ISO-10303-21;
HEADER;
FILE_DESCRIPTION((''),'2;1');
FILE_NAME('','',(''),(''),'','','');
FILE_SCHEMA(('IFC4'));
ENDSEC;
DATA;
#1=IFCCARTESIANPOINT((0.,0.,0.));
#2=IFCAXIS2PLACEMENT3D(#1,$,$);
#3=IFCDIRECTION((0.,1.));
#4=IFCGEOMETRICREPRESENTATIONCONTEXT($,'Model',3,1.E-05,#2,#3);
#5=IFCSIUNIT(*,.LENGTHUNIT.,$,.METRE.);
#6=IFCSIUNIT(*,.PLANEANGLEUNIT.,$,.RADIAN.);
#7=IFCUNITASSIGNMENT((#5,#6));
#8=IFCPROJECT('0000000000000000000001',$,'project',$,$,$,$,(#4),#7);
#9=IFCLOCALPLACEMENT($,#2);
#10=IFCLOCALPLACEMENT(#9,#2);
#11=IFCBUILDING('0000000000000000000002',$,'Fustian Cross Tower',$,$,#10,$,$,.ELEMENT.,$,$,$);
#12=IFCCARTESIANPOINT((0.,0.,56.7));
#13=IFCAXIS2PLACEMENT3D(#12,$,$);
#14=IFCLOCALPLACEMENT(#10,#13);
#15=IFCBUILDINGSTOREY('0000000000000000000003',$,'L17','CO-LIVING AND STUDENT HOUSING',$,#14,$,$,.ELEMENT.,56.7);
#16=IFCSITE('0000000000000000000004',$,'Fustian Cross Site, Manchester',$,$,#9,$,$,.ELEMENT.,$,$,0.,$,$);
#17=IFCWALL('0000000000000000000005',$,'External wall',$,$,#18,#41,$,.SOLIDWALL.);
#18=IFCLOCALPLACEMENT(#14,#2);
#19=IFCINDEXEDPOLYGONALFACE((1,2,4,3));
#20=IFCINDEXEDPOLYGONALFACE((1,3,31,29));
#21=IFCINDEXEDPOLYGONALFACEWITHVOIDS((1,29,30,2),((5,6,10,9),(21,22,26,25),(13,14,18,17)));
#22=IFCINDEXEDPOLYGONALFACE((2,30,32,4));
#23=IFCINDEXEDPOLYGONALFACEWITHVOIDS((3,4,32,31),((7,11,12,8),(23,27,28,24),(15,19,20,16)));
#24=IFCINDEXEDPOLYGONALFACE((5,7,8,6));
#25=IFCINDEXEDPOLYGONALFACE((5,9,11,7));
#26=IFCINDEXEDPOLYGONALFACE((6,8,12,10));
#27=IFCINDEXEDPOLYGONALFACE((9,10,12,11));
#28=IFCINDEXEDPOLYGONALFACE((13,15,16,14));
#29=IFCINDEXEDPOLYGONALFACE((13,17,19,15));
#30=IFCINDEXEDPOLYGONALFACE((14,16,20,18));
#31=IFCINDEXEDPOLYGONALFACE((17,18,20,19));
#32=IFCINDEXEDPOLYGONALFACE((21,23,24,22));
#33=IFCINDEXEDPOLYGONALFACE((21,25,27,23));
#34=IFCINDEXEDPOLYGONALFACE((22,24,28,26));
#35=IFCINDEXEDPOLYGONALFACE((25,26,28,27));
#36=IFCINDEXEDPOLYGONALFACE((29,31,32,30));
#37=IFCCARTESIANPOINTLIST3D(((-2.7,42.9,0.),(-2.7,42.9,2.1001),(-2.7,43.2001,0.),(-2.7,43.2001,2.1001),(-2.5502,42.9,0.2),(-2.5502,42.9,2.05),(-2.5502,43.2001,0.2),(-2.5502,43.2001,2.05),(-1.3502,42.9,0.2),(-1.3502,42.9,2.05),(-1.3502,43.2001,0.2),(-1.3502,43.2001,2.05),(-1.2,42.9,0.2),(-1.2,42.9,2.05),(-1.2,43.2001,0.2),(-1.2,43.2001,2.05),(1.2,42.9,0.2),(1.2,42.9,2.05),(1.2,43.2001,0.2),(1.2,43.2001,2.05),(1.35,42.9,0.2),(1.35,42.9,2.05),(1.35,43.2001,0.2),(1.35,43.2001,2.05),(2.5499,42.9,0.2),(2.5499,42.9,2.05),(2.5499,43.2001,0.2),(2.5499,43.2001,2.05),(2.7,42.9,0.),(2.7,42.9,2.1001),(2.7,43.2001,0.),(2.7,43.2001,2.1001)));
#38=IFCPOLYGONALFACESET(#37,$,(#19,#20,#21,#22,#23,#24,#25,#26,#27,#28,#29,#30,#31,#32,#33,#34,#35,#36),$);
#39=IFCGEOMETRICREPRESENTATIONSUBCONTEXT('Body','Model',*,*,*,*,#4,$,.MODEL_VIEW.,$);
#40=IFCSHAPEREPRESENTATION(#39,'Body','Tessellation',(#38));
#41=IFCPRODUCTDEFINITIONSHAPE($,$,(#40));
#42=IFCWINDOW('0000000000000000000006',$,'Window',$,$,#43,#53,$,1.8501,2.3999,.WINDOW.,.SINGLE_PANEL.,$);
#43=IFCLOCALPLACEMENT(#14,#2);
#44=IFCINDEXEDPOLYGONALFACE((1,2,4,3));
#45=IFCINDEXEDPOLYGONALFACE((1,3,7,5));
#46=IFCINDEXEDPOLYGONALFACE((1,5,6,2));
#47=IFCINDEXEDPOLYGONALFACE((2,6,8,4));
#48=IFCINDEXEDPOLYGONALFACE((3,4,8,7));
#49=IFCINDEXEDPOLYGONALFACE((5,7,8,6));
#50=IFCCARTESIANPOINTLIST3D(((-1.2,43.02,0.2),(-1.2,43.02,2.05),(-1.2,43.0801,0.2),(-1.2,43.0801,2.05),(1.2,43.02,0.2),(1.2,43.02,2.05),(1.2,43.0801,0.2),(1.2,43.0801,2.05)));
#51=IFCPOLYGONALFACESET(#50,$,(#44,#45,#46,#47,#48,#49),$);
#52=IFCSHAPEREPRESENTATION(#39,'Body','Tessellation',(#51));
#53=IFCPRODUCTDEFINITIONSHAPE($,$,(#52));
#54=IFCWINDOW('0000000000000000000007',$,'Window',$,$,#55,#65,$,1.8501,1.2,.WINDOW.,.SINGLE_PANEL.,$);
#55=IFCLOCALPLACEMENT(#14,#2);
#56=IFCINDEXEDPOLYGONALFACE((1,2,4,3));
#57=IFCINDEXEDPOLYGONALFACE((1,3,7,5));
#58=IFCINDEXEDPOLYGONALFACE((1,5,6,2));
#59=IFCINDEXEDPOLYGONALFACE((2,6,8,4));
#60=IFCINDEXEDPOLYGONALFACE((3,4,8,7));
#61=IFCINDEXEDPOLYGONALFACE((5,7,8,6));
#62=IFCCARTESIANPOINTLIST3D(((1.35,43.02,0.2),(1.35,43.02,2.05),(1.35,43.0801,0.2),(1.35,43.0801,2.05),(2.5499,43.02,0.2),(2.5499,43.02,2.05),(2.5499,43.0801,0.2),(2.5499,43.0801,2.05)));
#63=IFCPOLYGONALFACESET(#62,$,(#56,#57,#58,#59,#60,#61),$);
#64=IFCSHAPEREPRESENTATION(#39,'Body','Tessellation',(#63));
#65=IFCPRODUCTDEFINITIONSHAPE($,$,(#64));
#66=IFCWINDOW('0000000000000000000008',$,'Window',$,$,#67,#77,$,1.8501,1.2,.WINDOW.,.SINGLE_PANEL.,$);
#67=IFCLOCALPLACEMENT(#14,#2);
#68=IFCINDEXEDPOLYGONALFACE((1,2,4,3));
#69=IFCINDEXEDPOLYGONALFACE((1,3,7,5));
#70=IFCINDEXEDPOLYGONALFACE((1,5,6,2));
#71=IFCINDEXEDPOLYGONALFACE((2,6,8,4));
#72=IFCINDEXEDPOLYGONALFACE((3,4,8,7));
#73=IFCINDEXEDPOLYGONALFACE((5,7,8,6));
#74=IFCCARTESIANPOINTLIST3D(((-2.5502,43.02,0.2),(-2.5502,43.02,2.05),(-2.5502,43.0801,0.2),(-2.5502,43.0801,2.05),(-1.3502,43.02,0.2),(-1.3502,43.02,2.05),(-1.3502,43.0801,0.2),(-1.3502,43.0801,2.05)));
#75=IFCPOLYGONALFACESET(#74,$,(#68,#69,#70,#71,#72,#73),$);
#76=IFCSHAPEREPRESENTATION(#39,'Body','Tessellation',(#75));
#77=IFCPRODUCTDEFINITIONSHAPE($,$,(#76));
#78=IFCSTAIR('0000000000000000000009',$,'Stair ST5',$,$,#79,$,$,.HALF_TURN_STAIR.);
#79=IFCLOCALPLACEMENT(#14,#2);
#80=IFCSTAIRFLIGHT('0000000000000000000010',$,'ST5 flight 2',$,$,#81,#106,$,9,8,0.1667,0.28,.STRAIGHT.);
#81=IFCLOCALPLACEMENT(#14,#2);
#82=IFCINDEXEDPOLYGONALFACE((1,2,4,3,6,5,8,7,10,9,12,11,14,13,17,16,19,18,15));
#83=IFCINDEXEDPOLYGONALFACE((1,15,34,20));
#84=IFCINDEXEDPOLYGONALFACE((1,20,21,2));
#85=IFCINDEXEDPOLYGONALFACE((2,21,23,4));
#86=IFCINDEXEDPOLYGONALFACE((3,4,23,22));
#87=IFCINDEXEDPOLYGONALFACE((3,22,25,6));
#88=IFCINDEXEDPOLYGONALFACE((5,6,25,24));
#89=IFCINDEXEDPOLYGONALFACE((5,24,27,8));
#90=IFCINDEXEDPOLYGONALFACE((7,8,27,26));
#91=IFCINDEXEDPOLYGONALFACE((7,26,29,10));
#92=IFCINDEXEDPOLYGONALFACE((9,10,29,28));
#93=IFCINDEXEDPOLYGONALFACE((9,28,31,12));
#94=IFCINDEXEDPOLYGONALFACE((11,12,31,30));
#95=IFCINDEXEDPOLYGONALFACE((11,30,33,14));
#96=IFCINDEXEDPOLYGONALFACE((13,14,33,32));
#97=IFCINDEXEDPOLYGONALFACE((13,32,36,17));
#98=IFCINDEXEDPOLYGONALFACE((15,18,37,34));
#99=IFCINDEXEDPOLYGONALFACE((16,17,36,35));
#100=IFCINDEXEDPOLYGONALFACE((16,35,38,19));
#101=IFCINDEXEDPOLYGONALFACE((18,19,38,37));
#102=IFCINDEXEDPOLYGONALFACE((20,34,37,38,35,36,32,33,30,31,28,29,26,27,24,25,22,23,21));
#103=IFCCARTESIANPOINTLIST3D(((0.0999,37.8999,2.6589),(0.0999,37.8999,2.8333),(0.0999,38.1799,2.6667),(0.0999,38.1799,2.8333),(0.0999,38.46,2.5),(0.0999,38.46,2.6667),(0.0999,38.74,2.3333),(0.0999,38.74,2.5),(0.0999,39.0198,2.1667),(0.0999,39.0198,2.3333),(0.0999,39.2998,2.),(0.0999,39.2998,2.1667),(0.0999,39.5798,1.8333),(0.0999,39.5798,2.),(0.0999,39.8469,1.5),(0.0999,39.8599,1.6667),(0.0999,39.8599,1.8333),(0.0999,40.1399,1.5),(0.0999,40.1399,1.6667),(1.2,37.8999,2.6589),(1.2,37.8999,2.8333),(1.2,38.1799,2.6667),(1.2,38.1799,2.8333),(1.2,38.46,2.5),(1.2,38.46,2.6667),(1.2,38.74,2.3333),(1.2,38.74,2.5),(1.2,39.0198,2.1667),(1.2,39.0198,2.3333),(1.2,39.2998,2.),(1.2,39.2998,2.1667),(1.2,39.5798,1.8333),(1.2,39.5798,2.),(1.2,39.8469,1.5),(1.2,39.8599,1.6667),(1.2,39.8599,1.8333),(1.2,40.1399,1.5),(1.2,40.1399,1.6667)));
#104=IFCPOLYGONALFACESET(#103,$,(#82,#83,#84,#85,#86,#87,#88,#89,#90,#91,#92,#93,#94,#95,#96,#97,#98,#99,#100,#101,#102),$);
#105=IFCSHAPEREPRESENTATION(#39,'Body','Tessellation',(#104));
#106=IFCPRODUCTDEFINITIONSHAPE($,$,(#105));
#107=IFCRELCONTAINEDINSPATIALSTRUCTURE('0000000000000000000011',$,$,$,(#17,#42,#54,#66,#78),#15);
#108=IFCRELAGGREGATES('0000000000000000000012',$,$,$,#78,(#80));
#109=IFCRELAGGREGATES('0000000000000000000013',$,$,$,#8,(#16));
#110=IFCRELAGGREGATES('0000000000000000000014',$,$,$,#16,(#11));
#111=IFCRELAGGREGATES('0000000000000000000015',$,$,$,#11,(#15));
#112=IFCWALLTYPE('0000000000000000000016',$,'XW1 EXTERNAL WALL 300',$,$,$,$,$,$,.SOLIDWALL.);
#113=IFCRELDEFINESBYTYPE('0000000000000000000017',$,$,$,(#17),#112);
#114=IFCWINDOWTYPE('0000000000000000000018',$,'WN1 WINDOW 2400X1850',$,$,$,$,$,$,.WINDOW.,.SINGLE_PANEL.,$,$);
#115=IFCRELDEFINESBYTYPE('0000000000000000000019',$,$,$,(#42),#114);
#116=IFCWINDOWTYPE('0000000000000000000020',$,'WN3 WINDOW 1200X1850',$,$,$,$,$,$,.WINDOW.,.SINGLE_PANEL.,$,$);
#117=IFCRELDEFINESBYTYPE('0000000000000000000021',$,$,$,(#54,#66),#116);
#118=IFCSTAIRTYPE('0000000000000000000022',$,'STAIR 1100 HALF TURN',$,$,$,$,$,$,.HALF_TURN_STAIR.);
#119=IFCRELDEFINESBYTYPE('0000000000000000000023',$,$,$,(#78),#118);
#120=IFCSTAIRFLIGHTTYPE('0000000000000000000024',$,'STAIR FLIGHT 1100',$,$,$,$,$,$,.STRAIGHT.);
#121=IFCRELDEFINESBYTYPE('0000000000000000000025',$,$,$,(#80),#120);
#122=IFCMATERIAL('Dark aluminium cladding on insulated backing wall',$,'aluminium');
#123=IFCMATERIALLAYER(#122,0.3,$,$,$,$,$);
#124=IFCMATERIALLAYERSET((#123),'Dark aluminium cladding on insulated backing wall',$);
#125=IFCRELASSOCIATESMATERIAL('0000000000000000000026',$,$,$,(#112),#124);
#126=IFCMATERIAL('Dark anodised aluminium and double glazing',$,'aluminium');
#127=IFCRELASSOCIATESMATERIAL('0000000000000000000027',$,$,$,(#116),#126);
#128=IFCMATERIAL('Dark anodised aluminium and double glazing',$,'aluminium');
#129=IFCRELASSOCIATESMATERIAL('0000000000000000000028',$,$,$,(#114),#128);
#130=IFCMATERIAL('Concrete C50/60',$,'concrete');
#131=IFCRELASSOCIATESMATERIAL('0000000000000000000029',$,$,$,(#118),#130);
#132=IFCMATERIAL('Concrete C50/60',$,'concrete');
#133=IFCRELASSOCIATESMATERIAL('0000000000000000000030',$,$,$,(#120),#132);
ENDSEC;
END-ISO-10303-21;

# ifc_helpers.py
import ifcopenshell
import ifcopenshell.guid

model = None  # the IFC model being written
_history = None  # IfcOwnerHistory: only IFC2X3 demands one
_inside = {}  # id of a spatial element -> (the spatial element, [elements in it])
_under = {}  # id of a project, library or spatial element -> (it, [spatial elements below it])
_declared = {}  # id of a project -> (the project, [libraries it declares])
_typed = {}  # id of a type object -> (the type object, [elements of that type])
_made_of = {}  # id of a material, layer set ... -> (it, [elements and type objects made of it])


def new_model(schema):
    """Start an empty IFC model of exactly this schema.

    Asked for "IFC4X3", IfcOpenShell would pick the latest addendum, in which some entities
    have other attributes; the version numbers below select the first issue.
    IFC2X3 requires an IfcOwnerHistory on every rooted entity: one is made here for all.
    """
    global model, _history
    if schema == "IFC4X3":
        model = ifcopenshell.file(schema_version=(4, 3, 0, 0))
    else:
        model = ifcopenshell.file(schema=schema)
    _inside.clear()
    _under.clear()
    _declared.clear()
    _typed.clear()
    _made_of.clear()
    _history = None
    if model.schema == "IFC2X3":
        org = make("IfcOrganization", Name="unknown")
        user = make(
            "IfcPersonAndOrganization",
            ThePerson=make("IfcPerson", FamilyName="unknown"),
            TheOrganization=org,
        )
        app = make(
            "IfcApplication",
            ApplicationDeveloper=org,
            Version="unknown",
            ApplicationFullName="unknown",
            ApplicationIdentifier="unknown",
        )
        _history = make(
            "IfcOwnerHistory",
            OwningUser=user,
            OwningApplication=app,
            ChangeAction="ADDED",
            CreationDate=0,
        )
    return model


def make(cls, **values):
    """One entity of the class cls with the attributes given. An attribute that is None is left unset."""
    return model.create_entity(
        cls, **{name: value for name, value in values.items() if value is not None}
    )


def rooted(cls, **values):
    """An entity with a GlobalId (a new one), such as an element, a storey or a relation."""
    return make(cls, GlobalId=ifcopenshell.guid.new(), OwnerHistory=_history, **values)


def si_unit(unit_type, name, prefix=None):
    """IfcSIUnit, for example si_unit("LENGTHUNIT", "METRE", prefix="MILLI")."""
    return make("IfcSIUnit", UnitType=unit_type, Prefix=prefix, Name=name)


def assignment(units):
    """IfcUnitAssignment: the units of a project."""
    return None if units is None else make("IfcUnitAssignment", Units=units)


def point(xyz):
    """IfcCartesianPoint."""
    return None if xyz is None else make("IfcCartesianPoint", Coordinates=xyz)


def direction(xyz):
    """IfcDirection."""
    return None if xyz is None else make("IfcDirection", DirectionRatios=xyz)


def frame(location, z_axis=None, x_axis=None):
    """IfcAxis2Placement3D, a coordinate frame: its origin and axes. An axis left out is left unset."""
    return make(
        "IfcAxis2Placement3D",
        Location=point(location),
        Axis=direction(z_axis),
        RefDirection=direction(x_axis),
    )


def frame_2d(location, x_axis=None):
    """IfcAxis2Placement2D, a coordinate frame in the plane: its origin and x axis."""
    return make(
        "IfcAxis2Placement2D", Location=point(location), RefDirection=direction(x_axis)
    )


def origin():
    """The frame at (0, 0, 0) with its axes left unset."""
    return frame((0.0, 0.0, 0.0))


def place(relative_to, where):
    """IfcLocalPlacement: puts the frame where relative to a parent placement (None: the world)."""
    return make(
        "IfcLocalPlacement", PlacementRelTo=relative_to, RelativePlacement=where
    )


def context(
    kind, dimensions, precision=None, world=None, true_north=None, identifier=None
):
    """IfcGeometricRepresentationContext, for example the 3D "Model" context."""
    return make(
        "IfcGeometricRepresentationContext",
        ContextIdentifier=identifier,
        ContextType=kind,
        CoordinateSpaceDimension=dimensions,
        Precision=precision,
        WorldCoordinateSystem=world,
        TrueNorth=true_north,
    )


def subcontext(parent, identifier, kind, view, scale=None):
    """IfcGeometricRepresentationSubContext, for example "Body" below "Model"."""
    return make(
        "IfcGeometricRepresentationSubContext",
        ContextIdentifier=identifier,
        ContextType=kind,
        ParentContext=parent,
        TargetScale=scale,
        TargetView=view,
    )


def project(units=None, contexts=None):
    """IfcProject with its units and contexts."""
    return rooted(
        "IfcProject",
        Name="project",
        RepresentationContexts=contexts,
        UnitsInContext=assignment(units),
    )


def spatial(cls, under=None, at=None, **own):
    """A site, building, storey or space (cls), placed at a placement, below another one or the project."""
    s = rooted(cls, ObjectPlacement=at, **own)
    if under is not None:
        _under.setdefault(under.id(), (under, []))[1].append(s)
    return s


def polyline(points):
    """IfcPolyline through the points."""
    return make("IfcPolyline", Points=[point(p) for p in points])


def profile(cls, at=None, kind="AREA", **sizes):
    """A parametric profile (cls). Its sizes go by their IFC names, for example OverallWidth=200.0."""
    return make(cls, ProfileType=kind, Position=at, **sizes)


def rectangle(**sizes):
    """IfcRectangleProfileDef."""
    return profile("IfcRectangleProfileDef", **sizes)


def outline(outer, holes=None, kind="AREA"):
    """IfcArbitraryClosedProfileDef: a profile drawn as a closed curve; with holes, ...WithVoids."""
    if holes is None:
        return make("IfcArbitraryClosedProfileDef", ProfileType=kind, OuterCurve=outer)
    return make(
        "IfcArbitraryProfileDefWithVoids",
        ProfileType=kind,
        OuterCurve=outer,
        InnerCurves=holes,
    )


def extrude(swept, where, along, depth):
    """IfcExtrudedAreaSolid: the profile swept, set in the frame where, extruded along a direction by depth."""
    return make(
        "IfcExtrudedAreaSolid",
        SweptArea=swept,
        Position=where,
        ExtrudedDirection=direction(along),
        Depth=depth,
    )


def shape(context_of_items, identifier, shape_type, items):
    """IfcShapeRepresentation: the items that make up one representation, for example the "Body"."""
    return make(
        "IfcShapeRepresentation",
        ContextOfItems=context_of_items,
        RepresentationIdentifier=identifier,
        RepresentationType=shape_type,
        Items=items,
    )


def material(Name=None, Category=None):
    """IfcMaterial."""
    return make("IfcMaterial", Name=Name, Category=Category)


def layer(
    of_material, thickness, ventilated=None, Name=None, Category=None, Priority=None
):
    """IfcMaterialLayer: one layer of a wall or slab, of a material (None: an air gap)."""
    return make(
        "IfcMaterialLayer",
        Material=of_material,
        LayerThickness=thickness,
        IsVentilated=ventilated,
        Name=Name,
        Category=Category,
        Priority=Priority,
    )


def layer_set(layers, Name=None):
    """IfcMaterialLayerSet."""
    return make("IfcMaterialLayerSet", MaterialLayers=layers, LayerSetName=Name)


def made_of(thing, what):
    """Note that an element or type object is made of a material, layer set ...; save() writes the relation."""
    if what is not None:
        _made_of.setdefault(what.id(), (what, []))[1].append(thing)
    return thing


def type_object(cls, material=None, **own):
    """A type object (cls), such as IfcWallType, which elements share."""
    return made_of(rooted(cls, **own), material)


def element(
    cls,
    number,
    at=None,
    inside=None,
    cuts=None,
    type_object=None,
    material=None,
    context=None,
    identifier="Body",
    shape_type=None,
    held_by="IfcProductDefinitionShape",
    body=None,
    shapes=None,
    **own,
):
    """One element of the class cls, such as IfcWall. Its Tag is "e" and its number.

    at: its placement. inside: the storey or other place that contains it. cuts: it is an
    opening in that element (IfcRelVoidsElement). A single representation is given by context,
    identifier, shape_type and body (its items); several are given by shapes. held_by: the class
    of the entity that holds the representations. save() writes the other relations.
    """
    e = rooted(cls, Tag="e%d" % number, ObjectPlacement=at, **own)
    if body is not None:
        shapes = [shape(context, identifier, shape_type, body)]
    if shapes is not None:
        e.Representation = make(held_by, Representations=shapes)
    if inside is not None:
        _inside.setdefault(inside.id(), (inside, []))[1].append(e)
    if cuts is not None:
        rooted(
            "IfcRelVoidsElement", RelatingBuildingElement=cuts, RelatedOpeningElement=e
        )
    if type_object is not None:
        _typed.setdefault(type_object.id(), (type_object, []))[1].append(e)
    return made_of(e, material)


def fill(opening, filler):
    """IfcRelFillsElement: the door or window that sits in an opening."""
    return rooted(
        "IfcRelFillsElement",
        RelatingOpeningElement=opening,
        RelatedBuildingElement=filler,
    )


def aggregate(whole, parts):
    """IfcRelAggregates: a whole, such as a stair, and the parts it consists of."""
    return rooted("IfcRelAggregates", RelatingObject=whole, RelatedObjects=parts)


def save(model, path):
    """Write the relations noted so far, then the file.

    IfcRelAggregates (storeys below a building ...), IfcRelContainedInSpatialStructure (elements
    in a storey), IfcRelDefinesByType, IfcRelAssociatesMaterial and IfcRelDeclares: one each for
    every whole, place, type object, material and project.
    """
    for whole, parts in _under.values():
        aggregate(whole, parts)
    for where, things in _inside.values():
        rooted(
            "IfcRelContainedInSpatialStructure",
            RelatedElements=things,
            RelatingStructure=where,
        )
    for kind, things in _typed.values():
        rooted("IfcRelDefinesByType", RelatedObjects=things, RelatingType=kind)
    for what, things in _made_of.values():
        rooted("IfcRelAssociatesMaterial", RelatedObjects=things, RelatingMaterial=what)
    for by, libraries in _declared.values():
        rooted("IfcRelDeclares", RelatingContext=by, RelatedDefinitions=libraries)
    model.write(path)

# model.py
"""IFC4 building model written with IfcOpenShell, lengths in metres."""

from ifc_helpers import new_model, si_unit, direction, frame, frame_2d, origin, place, context, subcontext, project, spatial, polyline, rectangle, outline, extrude, material, layer, layer_set, type_object, element, fill, aggregate, save


model = new_model("IFC4")

# Units and contexts
model_context = context("Model", 3, precision=1e-05, world=origin(), true_north=direction((0.0, 1.0)))
body_context = subcontext(model_context, "Body", "Model", "MODEL_VIEW")
ifc_project = project(units=[si_unit("LENGTHUNIT", "METRE"), si_unit("PLANEANGLEUNIT", "RADIAN")], contexts=[model_context])

# Site, building, storey
site_placement = place(None, origin())
site = spatial("IfcSite", under=ifc_project, at=site_placement, Name="Fustian Cross Site, Manchester", CompositionType="ELEMENT", RefElevation=0.0)
building_placement = place(site_placement, origin())
building = spatial("IfcBuilding", under=site, at=building_placement, Name="Fustian Cross Tower", CompositionType="ELEMENT")
storey_placement = place(building_placement, frame((0.0, 0.0, 56.7)))
storey = spatial("IfcBuildingStorey", under=building, at=storey_placement, Name="L17", Description="CO-LIVING AND STUDENT HOUSING", CompositionType="ELEMENT", Elevation=56.7)

# Shared definitions
ifc_material_1 = material(Name="Dark aluminium cladding on insulated backing wall", Category="aluminium")
ifc_layer_1 = layer(ifc_material_1, 0.3)
ifc_layer_set_1 = layer_set([ifc_layer_1], Name="Dark aluminium cladding on insulated backing wall")
wall_type_1 = type_object("IfcWallType", Name="XW1 EXTERNAL WALL 300", PredefinedType="SOLIDWALL", material=ifc_layer_set_1)
ifc_material_2 = material(Name="Dark anodised aluminium and double glazing", Category="aluminium")
window_type_1 = type_object("IfcWindowType", Name="WN3 WINDOW 1200X1850", PartitioningType="SINGLE_PANEL", PredefinedType="WINDOW", material=ifc_material_2)

# Wall, openings, windows
wall_1_placement = place(storey_placement, frame((2.7, 43.05, 0.0), z_axis=(0.0, 0.0, 1.0), x_axis=(-1.0, 0.0, 0.0)))
wall_1 = element("IfcWall", 1, at=wall_1_placement, inside=storey, type_object=wall_type_1, Name="External wall", PredefinedType="SOLIDWALL", context=body_context, shape_type="SweptSolid", body=[
    extrude(rectangle(XDim=5.3999, YDim=0.3, at=frame_2d((2.7, 0.0))), origin(), (0.0, 0.0, 1.0), 2.1001),
])
opening_1_placement = place(wall_1_placement, frame((1.5, 0.0, 0.2)))
opening_1 = element("IfcOpeningElement", 2, at=opening_1_placement, cuts=wall_1, PredefinedType="OPENING", context=body_context, shape_type="SweptSolid", body=[
    extrude(rectangle(XDim=2.3999, YDim=1.8501, at=frame_2d((1.2, 0.925))), frame((0.0, 0.1599, 0.0), z_axis=(0.0, -1.0, 0.0), x_axis=(1.0, 0.0, 0.0)), (0.0, 0.0, 1.0), 0.3201),
])
opening_2_placement = place(wall_1_placement, frame((0.1499, 0.0, 0.2)))
opening_2 = element("IfcOpeningElement", 3, at=opening_2_placement, cuts=wall_1, PredefinedType="OPENING", context=body_context, shape_type="SweptSolid", body=[
    extrude(rectangle(XDim=1.2, YDim=1.8501, at=frame_2d((0.6001, 0.925))), frame((0.0, 0.1599, 0.0), z_axis=(0.0, -1.0, 0.0), x_axis=(1.0, 0.0, 0.0)), (0.0, 0.0, 1.0), 0.3201),
])
opening_3_placement = place(wall_1_placement, frame((4.05, 0.0, 0.2)))
opening_3 = element("IfcOpeningElement", 4, at=opening_3_placement, cuts=wall_1, PredefinedType="OPENING", context=body_context, shape_type="SweptSolid", body=[
    extrude(rectangle(XDim=1.2, YDim=1.8501, at=frame_2d((0.6001, 0.925))), frame((0.0, 0.1599, 0.0), z_axis=(0.0, -1.0, 0.0), x_axis=(1.0, 0.0, 0.0)), (0.0, 0.0, 1.0), 0.3201),
])
ifc_material_3 = material(Name="Dark anodised aluminium and double glazing", Category="aluminium")
window_type_2 = type_object("IfcWindowType", Name="WN1 WINDOW 2400X1850", PartitioningType="SINGLE_PANEL", PredefinedType="WINDOW", material=ifc_material_3)
window_1_placement = place(opening_1_placement, origin())
window_1 = element("IfcWindow", 5, at=window_1_placement, inside=storey, type_object=window_type_2, Name="Window", OverallHeight=1.8501, OverallWidth=2.3999, PartitioningType="SINGLE_PANEL", PredefinedType="WINDOW", context=body_context, shape_type="SweptSolid", body=[
    extrude(rectangle(XDim=2.3999, YDim=1.8501, at=frame_2d((1.2, 0.925))), frame((0.0, 0.03, 0.0), z_axis=(0.0, -1.0, 0.0), x_axis=(1.0, 0.0, 0.0)), (0.0, 0.0, 1.0), 0.0601),
])
fill(opening_1, window_1)
window_2_placement = place(opening_2_placement, origin())
window_2 = element("IfcWindow", 6, at=window_2_placement, inside=storey, type_object=window_type_1, Name="Window", OverallHeight=1.8501, OverallWidth=1.2, PartitioningType="SINGLE_PANEL", PredefinedType="WINDOW", context=body_context, shape_type="SweptSolid", body=[
    extrude(rectangle(XDim=1.2, YDim=1.8501, at=frame_2d((0.6001, 0.925))), frame((0.0, 0.03, 0.0), z_axis=(0.0, -1.0, 0.0), x_axis=(1.0, 0.0, 0.0)), (0.0, 0.0, 1.0), 0.0601),
])
fill(opening_2, window_2)
window_3_placement = place(opening_3_placement, origin())
window_3 = element("IfcWindow", 7, at=window_3_placement, inside=storey, type_object=window_type_1, Name="Window", OverallHeight=1.8501, OverallWidth=1.2, PartitioningType="SINGLE_PANEL", PredefinedType="WINDOW", context=body_context, shape_type="SweptSolid", body=[
    extrude(rectangle(XDim=1.2, YDim=1.8501, at=frame_2d((0.6001, 0.925))), frame((0.0, 0.03, 0.0), z_axis=(0.0, -1.0, 0.0), x_axis=(1.0, 0.0, 0.0)), (0.0, 0.0, 1.0), 0.0601),
])
fill(opening_3, window_3)

# Stair, stair flight
ifc_material_4 = material(Name="Concrete C50/60", Category="concrete")
stair_type = type_object("IfcStairType", Name="STAIR 1100 HALF TURN", PredefinedType="HALF_TURN_STAIR", material=ifc_material_4)
stair_placement = place(storey_placement, origin())
stair = element("IfcStair", 8, at=stair_placement, inside=storey, type_object=stair_type, Name="Stair ST5", PredefinedType="HALF_TURN_STAIR")
ifc_material_5 = material(Name="Concrete C50/60", Category="concrete")
stair_flight_type = type_object("IfcStairFlightType", Name="STAIR FLIGHT 1100", PredefinedType="STRAIGHT", material=ifc_material_5)
stair_flight_placement = place(storey_placement, frame((0.6499, 40.1399, 1.5), z_axis=(0.0, 0.0, 1.0), x_axis=(0.0, -1.0, 0.0)))
stair_flight = element("IfcStairFlight", 9, at=stair_flight_placement, type_object=stair_flight_type, Name="ST5 flight 2", NumberOfRisers=9, NumberOfTreads=8, PredefinedType="STRAIGHT", RiserHeight=0.1667, TreadLength=0.28, context=body_context, shape_type="SweptSolid", body=[
    extrude(outline(polyline([(0.0, 0.0), (0.0, 0.1667), (0.28, 0.1667), (0.28, 0.3333), (0.5601, 0.3333), (0.5601, 0.5), (0.8401, 0.5), (0.8401, 0.6667), (1.1201, 0.6667), (1.1201, 0.8333), (1.3999, 0.8333), (1.3999, 1.0), (1.6799, 1.0), (1.6799, 1.1667), (1.96, 1.1667), (1.96, 1.3333), (2.24, 1.3333), (2.24, 1.5), (2.24, 1.1589), (0.293, 0.0), (0.0, 0.0)])), frame((0.0, 0.55, 0.0), z_axis=(0.0, -1.0, 0.0), x_axis=(1.0, 0.0, 0.0)), (0.0, 0.0, 1.0), 1.1001),
])
aggregate(stair, [stair_flight])

save(model, "model.ifc")
